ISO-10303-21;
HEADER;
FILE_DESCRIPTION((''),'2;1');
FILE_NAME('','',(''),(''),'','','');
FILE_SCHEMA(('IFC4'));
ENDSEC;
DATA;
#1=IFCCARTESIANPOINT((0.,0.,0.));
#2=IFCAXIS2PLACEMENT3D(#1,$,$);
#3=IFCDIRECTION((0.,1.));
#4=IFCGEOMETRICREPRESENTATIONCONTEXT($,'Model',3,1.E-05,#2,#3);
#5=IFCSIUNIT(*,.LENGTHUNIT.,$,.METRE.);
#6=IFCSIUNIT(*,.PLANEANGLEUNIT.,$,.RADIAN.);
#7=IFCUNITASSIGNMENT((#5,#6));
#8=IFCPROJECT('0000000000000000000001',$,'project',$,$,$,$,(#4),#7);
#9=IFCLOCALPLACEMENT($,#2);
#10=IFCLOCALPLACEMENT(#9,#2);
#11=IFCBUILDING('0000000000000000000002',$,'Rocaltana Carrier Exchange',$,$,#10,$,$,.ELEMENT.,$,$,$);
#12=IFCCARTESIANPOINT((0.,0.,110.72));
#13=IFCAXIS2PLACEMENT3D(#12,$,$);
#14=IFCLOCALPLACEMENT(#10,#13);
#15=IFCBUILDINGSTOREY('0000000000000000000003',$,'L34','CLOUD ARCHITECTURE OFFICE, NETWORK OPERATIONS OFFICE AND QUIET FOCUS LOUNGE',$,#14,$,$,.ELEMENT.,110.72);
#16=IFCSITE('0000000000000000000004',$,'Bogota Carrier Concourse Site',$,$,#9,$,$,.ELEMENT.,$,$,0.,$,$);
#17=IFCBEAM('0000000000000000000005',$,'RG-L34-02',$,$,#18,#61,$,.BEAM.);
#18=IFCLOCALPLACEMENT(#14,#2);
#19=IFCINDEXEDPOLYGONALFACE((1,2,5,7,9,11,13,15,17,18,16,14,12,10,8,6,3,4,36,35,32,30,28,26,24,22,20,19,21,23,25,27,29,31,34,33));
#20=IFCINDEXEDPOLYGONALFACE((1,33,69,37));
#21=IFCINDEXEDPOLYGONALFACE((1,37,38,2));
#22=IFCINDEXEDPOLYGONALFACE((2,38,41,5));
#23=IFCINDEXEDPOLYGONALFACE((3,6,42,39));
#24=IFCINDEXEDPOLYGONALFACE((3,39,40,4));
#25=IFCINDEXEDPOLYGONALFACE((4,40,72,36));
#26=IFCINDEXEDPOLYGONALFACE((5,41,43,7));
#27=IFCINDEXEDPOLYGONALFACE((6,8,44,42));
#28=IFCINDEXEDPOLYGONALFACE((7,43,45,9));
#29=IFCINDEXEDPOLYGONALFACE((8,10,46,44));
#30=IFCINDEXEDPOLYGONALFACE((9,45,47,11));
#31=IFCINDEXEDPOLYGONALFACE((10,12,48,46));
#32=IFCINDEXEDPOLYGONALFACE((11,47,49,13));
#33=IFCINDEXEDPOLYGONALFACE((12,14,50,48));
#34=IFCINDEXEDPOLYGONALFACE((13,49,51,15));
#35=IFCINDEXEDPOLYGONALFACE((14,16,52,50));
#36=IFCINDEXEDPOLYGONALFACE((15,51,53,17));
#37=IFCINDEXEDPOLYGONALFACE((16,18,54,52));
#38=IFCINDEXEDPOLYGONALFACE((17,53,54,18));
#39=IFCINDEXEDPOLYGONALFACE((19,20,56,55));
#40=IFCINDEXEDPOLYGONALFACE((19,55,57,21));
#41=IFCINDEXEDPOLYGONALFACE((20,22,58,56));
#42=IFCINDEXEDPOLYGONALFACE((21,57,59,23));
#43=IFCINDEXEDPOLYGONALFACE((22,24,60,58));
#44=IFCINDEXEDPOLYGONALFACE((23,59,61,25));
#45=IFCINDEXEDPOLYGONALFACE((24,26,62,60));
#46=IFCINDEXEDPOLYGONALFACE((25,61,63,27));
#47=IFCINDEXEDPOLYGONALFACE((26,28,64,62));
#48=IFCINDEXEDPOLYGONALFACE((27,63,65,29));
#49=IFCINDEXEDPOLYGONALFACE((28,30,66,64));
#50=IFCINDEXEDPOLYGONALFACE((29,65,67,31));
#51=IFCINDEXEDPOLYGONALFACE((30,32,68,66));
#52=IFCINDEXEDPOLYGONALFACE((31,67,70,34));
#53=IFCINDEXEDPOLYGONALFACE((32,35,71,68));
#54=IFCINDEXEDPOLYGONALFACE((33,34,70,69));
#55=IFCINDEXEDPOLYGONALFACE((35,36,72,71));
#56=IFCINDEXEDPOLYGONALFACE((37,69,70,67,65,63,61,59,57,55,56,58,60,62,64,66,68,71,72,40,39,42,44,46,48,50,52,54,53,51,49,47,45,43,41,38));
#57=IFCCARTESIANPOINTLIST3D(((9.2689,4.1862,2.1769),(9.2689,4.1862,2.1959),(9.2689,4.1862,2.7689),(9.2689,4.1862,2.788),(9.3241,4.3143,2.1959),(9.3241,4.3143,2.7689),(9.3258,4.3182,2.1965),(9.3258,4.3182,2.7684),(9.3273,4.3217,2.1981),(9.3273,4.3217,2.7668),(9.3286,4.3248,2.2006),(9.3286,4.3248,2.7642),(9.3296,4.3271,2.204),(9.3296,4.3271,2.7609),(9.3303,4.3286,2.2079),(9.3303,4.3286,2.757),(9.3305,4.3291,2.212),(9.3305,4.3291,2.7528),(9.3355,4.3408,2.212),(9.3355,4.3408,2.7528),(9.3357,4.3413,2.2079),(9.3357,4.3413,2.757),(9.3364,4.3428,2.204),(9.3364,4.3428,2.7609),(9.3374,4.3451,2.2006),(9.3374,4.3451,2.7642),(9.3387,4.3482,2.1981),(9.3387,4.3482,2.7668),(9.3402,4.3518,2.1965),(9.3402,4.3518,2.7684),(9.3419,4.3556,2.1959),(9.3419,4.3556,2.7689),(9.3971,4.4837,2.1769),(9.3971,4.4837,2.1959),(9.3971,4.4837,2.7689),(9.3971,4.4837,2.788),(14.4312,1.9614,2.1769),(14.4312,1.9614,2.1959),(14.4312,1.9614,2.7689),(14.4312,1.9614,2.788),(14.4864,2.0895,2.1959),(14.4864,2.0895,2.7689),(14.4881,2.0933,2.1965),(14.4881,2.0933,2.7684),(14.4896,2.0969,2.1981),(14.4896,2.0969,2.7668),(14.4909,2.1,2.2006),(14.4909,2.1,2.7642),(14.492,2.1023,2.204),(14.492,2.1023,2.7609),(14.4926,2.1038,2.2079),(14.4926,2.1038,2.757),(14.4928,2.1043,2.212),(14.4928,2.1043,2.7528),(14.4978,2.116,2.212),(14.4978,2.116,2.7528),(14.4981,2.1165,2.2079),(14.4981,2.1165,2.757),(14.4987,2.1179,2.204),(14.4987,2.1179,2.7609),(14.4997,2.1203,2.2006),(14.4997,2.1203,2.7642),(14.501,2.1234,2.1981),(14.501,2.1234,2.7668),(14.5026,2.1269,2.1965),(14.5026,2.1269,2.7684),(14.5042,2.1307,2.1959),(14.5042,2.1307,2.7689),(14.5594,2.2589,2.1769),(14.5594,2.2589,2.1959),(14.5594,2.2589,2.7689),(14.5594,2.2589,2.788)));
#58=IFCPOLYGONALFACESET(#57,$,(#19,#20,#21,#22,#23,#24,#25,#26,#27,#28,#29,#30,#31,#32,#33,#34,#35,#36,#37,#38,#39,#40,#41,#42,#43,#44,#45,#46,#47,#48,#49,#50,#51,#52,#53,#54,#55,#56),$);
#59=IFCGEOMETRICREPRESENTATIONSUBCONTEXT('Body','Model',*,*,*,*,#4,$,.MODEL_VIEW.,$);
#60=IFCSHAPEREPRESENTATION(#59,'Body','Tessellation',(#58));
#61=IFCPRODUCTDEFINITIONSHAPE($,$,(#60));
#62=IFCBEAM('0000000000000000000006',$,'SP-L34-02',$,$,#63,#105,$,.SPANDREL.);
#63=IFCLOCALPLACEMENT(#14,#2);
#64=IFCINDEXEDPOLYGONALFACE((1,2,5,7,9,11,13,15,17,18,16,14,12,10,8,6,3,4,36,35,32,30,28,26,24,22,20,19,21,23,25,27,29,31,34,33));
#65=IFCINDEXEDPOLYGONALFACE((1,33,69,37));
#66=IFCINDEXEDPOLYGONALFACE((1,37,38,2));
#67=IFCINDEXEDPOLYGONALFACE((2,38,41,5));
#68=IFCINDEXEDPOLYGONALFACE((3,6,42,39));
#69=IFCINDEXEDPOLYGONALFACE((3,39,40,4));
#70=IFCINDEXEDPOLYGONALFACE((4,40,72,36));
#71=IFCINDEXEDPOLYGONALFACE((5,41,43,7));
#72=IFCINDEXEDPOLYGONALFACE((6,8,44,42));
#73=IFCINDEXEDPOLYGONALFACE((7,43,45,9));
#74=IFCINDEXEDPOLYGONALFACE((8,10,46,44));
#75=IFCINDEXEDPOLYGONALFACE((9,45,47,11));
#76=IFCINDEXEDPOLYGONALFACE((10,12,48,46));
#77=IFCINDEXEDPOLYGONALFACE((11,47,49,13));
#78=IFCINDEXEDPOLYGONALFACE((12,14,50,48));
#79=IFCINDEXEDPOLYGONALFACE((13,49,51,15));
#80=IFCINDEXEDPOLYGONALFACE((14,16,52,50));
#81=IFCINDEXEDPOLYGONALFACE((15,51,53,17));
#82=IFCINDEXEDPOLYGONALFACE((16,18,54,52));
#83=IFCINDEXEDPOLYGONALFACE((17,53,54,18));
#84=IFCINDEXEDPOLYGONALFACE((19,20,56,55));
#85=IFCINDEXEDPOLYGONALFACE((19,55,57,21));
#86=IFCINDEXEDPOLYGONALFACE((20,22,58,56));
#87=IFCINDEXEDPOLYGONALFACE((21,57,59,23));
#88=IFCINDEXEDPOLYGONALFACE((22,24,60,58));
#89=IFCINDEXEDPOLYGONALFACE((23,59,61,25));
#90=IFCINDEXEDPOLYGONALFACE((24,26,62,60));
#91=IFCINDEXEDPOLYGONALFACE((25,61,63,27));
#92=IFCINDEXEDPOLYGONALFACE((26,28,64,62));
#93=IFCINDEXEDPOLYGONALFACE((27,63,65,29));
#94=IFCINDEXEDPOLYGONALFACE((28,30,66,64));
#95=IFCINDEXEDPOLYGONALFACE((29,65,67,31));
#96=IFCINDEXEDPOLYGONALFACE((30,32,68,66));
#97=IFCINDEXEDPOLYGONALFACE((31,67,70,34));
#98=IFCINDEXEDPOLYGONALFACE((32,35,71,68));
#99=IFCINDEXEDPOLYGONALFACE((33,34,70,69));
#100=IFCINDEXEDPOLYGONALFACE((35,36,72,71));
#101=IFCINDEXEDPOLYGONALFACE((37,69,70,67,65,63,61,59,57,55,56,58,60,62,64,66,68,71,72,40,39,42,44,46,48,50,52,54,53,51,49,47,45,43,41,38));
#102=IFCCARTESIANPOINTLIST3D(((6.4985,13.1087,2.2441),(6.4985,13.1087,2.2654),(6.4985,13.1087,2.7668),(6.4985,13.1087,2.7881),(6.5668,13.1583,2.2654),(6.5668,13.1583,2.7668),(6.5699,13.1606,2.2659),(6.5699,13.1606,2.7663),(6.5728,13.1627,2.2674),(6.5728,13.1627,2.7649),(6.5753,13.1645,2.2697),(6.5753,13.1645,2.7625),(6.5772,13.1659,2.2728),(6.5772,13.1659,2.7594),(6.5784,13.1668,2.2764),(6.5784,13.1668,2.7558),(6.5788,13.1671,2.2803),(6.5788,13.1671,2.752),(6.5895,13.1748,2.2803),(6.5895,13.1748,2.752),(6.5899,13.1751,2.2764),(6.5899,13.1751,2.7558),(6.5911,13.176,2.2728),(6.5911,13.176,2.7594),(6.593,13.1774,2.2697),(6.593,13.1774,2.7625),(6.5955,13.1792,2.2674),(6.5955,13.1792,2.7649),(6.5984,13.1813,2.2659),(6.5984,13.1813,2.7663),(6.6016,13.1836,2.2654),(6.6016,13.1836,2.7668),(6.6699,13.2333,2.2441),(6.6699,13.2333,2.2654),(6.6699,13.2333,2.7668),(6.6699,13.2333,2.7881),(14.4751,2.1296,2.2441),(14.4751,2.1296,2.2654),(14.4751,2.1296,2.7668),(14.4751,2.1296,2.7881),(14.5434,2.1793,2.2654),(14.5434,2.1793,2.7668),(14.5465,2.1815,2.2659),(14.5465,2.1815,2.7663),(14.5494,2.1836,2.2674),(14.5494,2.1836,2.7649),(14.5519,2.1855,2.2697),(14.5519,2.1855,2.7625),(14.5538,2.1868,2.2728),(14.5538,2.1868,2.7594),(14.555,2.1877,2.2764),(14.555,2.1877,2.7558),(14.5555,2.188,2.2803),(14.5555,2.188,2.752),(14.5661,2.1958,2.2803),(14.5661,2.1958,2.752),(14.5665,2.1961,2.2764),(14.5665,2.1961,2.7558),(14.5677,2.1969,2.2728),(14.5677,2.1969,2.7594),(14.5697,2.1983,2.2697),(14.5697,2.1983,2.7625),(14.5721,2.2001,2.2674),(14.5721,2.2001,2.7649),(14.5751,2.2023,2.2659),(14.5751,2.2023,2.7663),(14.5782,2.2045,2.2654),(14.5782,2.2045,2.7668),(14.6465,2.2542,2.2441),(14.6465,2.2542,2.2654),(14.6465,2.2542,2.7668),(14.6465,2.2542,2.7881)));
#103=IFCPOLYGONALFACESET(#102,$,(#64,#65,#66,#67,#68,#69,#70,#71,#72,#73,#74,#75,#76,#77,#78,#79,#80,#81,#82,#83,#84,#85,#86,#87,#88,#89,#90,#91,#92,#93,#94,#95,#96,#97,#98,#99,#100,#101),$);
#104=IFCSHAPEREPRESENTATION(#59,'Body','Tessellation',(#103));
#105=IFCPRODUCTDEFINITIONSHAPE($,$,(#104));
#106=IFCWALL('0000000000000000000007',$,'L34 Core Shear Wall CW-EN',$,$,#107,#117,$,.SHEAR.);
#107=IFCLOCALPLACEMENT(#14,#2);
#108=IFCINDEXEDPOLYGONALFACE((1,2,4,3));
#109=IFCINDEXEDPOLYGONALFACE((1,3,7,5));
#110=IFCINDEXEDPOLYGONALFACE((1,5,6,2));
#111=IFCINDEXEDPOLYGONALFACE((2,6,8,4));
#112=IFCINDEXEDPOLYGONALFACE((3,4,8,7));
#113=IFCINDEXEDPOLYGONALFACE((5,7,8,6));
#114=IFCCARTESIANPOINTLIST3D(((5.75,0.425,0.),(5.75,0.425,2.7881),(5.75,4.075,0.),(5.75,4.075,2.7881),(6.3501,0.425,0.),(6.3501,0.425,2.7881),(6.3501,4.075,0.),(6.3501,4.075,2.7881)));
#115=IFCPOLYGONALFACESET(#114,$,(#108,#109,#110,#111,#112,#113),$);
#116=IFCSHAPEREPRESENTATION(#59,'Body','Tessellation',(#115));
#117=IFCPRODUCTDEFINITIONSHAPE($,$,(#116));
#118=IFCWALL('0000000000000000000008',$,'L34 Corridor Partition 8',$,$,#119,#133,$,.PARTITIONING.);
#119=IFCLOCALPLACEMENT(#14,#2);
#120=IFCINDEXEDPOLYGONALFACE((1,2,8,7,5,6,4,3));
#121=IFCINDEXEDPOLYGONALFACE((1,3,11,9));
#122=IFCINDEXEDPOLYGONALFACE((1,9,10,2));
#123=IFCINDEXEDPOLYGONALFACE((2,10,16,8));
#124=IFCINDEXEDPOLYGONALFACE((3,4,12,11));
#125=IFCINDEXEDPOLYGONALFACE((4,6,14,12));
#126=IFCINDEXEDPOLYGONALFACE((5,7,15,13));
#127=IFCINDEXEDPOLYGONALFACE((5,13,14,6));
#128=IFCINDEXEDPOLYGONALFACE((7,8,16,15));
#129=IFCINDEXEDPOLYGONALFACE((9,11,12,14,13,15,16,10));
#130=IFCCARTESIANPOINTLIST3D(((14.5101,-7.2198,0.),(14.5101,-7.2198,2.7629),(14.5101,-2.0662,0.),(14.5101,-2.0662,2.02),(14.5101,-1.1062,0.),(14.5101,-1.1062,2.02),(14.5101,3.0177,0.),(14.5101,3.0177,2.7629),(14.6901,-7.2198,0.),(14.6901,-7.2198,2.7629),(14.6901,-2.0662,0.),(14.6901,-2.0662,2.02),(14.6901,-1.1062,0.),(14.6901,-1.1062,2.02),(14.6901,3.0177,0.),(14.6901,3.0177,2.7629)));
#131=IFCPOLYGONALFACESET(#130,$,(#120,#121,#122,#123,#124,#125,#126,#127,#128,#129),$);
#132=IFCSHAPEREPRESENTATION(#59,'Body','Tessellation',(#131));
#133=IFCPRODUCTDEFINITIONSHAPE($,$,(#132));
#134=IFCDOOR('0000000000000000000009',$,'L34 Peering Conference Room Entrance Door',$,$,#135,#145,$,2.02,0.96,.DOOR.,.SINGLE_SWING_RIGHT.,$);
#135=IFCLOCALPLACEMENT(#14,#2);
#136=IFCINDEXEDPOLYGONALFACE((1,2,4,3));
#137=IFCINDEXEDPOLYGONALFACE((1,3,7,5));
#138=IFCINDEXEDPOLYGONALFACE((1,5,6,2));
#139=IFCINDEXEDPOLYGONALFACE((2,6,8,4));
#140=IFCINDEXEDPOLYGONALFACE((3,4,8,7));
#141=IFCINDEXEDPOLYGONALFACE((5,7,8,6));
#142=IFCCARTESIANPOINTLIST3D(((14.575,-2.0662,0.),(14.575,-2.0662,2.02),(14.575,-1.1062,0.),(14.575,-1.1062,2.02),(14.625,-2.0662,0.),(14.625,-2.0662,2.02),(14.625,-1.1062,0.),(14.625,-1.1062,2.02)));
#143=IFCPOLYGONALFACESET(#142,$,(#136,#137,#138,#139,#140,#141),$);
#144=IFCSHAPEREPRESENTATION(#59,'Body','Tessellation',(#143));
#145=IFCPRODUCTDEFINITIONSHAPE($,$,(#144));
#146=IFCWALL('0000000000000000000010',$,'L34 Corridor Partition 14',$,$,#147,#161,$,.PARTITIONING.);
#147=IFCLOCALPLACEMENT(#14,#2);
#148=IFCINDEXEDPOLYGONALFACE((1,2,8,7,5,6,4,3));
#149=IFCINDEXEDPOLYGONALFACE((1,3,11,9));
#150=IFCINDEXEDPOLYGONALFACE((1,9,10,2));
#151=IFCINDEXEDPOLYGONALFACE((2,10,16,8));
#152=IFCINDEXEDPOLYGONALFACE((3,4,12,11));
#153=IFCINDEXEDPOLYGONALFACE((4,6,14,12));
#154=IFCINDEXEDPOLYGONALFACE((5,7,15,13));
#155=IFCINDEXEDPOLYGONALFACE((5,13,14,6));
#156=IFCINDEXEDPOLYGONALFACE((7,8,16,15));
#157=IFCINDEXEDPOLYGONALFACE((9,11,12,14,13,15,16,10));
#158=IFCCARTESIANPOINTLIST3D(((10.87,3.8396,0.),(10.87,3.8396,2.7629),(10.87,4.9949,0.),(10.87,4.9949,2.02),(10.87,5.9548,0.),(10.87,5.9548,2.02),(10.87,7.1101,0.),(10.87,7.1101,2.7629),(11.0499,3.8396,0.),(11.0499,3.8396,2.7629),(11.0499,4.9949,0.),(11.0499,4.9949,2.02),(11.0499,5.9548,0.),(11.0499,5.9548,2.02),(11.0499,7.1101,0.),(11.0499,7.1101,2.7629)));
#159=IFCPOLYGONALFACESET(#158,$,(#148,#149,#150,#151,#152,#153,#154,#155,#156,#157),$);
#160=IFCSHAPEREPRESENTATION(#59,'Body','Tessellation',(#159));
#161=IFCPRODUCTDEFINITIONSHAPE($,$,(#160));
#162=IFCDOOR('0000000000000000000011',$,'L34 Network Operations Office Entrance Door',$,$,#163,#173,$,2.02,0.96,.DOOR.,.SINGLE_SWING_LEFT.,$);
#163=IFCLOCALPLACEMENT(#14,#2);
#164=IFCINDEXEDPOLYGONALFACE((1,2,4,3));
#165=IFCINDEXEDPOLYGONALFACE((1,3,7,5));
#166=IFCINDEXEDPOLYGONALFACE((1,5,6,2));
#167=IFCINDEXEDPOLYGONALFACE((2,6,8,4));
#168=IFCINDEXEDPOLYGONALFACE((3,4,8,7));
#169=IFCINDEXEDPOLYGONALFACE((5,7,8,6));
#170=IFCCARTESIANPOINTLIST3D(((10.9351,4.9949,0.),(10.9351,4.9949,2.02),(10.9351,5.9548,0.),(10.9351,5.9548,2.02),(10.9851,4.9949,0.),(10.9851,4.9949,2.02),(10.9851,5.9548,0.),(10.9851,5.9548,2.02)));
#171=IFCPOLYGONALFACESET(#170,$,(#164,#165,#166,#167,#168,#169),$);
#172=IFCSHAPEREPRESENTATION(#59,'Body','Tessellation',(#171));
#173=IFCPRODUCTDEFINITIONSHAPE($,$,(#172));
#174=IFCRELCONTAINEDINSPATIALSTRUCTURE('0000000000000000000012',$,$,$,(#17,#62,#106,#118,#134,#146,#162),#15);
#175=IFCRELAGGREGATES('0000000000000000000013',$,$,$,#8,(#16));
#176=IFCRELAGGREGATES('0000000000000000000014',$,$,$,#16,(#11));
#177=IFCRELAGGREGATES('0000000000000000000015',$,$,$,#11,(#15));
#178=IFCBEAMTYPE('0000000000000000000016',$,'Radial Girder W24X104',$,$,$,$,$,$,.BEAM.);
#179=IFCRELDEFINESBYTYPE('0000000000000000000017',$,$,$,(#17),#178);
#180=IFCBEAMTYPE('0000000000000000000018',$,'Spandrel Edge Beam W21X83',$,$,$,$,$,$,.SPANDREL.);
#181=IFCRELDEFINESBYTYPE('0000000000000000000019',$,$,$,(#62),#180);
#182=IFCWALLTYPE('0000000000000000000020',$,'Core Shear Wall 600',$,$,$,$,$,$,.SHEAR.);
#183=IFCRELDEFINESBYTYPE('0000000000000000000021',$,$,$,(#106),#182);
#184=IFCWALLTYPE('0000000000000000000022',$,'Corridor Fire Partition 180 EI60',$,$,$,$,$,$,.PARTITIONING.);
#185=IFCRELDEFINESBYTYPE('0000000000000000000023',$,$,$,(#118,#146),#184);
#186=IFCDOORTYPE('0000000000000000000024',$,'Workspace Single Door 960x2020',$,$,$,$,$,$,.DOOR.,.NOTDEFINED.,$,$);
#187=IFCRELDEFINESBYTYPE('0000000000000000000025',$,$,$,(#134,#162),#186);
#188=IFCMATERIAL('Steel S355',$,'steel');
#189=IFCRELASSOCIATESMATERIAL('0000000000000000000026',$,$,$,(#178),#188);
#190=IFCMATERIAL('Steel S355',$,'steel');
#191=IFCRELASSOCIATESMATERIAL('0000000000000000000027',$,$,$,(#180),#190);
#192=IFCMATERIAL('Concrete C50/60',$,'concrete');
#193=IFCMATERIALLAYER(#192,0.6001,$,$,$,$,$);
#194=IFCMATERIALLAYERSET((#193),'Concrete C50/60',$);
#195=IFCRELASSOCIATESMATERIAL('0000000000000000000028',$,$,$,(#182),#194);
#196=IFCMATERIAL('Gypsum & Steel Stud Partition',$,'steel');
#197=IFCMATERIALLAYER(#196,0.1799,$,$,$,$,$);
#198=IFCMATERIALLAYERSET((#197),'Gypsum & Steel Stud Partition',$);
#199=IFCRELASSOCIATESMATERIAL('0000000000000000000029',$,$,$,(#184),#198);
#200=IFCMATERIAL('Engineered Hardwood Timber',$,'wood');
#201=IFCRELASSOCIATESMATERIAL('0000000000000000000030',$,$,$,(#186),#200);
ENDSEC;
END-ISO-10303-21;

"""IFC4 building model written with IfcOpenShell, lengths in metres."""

from ifc_helpers import new_model, si_unit, direction, frame, frame_2d, origin, origin_2d, place, context, subcontext, project, spatial, rectangle, i_section, extrude, material, layer, layer_set, material_profile, profile_set, type_object, element, fill, save


model = new_model("IFC4")

# Units and contexts
model_context = context("Model", 3, precision=1e-05, world=origin(), true_north=direction((0.0, 1.0)))
body_context = subcontext(model_context, "Body", "Model", "MODEL_VIEW")
ifc_project = project(units=[si_unit("LENGTHUNIT", "METRE"), si_unit("PLANEANGLEUNIT", "RADIAN")], contexts=[model_context])

# Site, building, storey
site_placement = place(None, origin())
site = spatial("IfcSite", under=ifc_project, at=site_placement, Name="Bogota Carrier Concourse Site", CompositionType="ELEMENT", RefElevation=0.0)
building_placement = place(site_placement, origin())
building = spatial("IfcBuilding", under=site, at=building_placement, Name="Rocaltana Carrier Exchange", CompositionType="ELEMENT")
storey_placement = place(building_placement, frame((0.0, 0.0, 110.72)))
storey = spatial("IfcBuildingStorey", under=building, at=storey_placement, Name="L34", Description="CLOUD ARCHITECTURE OFFICE, NETWORK OPERATIONS OFFICE AND QUIET FOCUS LOUNGE", CompositionType="ELEMENT", Elevation=110.72)

# Beams
ifc_material_1 = material(Name="Steel S355", Category="steel")
ifc_material_profile_1 = material_profile(ifc_material_1, i_section(OverallWidth=0.324, OverallDepth=0.6111, WebThickness=0.0127, FlangeThickness=0.019, FilletRadius=0.0161, at=origin_2d()), Name="W24X104")
ifc_profile_set_1 = profile_set([ifc_material_profile_1], Name="Steel S355")
beam_type_1 = type_object("IfcBeamType", Name="Radial Girder W24X104", PredefinedType="BEAM", material=ifc_profile_set_1)
beam_1_placement = place(storey_placement, frame((9.333, 4.335, 2.4824), z_axis=(0.918343, -0.395785, 0.0), x_axis=(0.395785, 0.918343, 0.0)))
element("IfcBeam", 1, at=beam_1_placement, inside=storey, type_object=beam_type_1, Name="RG-L34-02", PredefinedType="BEAM", context=body_context, shape_type="SweptSolid", body=[
    extrude(i_section(OverallWidth=0.324, OverallDepth=0.6111, WebThickness=0.0127, FlangeThickness=0.019, FilletRadius=0.0161, at=origin_2d()), origin(), (0.0, 0.0, 1.0), 5.6213),
])
ifc_material_2 = material(Name="Steel S355", Category="steel")
ifc_material_profile_2 = material_profile(ifc_material_2, i_section(OverallWidth=0.2119, OverallDepth=0.5439, WebThickness=0.0132, FlangeThickness=0.0212, FilletRadius=0.0149, at=origin_2d()), Name="W21X83")
ifc_profile_set_2 = profile_set([ifc_material_profile_2], Name="Steel S355")
beam_type_2 = type_object("IfcBeamType", Name="Spandrel Edge Beam W21X83", PredefinedType="SPANDREL", material=ifc_profile_set_2)
beam_2_placement = place(storey_placement, frame((14.5608, 2.1919, 2.5161), z_axis=(-0.587778, 0.809022, 0.0), x_axis=(-0.809022, -0.587778, 0.0)))
element("IfcBeam", 2, at=beam_2_placement, inside=storey, type_object=beam_type_2, Name="SP-L34-02", PredefinedType="SPANDREL", context=body_context, shape_type="SweptSolid", body=[
    extrude(i_section(OverallWidth=0.2119, OverallDepth=0.5439, WebThickness=0.0132, FlangeThickness=0.0212, FilletRadius=0.0149, at=origin_2d()), origin(), (0.0, 0.0, 1.0), 13.5708),
])

# Wall
ifc_material_3 = material(Name="Concrete C50/60", Category="concrete")
ifc_layer_1 = layer(ifc_material_3, 0.6001)
ifc_layer_set_1 = layer_set([ifc_layer_1], Name="Concrete C50/60")
wall_type_1 = type_object("IfcWallType", Name="Core Shear Wall 600", PredefinedType="SHEAR", material=ifc_layer_set_1)
wall_1_placement = place(storey_placement, frame((6.05, 0.425, 0.0), z_axis=(0.0, 0.0, 1.0), x_axis=(0.0, 1.0, 0.0)))
element("IfcWall", 3, at=wall_1_placement, inside=storey, type_object=wall_type_1, Name="L34 Core Shear Wall CW-EN", PredefinedType="SHEAR", context=body_context, shape_type="SweptSolid", body=[
    extrude(rectangle(XDim=3.6499, YDim=0.6001, at=frame_2d((1.825, 0.0))), origin(), (0.0, 0.0, 1.0), 2.7881),
])

# Walls, openings, doors
ifc_material_4 = material(Name="Gypsum & Steel Stud Partition", Category="steel")
ifc_layer_2 = layer(ifc_material_4, 0.1799)
ifc_layer_set_2 = layer_set([ifc_layer_2], Name="Gypsum & Steel Stud Partition")
wall_type_2 = type_object("IfcWallType", Name="Corridor Fire Partition 180 EI60", PredefinedType="PARTITIONING", material=ifc_layer_set_2)
wall_2_placement = place(storey_placement, frame((14.6001, 3.0176, 0.0), z_axis=(0.0, 0.0, 1.0), x_axis=(0.0, -1.0, 0.0)))
wall_2 = element("IfcWall", 4, at=wall_2_placement, inside=storey, type_object=wall_type_2, Name="L34 Corridor Partition 8", PredefinedType="PARTITIONING", context=body_context, shape_type="SweptSolid", body=[
    extrude(rectangle(XDim=10.2375, YDim=0.1799, at=frame_2d((5.1187, 0.0))), origin(), (0.0, 0.0, 1.0), 2.7629),
])
opening_1_placement = place(wall_2_placement, frame((4.1238, 0.0, 0.0)))
opening_1 = element("IfcOpeningElement", 5, at=opening_1_placement, cuts=wall_2, PredefinedType="OPENING", context=body_context, shape_type="SweptSolid", body=[
    extrude(rectangle(XDim=0.96, YDim=2.02, at=frame_2d((0.48, 1.01))), frame((0.0, 0.0999, 0.0), z_axis=(0.0, -1.0, 0.0), x_axis=(1.0, 0.0, 0.0)), (0.0, 0.0, 1.0), 0.2),
])
ifc_material_5 = material(Name="Engineered Hardwood Timber", Category="wood")
door_type = type_object("IfcDoorType", Name="Workspace Single Door 960x2020", OperationType="NOTDEFINED", PredefinedType="DOOR", material=ifc_material_5)
door_1_placement = place(opening_1_placement, origin())
door_1 = element("IfcDoor", 6, at=door_1_placement, inside=storey, type_object=door_type, Name="L34 Peering Conference Room Entrance Door", OperationType="SINGLE_SWING_RIGHT", OverallHeight=2.02, OverallWidth=0.96, PredefinedType="DOOR", context=body_context, shape_type="SweptSolid", body=[
    extrude(rectangle(XDim=0.96, YDim=2.02, at=frame_2d((0.48, 1.01))), frame((0.0, 0.0249, 0.0), z_axis=(0.0, -1.0, 0.0), x_axis=(1.0, 0.0, 0.0)), (0.0, 0.0, 1.0), 0.05),
])
fill(opening_1, door_1)
wall_3_placement = place(storey_placement, frame((10.96, 3.8396, 0.0), z_axis=(0.0, 0.0, 1.0), x_axis=(0.0, 1.0, 0.0)))
wall_3 = element("IfcWall", 7, at=wall_3_placement, inside=storey, type_object=wall_type_2, Name="L34 Corridor Partition 14", PredefinedType="PARTITIONING", context=body_context, shape_type="SweptSolid", body=[
    extrude(rectangle(XDim=3.2705, YDim=0.1799, at=frame_2d((1.6353, 0.0))), origin(), (0.0, 0.0, 1.0), 2.7629),
])
opening_2_placement = place(wall_3_placement, frame((1.1553, 0.0, 0.0)))
opening_2 = element("IfcOpeningElement", 8, at=opening_2_placement, cuts=wall_3, PredefinedType="OPENING", context=body_context, shape_type="SweptSolid", body=[
    extrude(rectangle(XDim=0.96, YDim=2.02, at=frame_2d((0.48, 1.01))), frame((0.0, 0.0999, 0.0), z_axis=(0.0, -1.0, 0.0), x_axis=(1.0, 0.0, 0.0)), (0.0, 0.0, 1.0), 0.2),
])
door_2_placement = place(opening_2_placement, origin())
door_2 = element("IfcDoor", 9, at=door_2_placement, inside=storey, type_object=door_type, Name="L34 Network Operations Office Entrance Door", OperationType="SINGLE_SWING_LEFT", OverallHeight=2.02, OverallWidth=0.96, PredefinedType="DOOR", context=body_context, shape_type="SweptSolid", body=[
    extrude(rectangle(XDim=0.96, YDim=2.02, at=frame_2d((0.48, 1.01))), frame((0.0, 0.0249, 0.0), z_axis=(0.0, -1.0, 0.0), x_axis=(1.0, 0.0, 0.0)), (0.0, 0.0, 1.0), 0.05),
])
fill(opening_2, door_2)

save(model, "model.ifc")
